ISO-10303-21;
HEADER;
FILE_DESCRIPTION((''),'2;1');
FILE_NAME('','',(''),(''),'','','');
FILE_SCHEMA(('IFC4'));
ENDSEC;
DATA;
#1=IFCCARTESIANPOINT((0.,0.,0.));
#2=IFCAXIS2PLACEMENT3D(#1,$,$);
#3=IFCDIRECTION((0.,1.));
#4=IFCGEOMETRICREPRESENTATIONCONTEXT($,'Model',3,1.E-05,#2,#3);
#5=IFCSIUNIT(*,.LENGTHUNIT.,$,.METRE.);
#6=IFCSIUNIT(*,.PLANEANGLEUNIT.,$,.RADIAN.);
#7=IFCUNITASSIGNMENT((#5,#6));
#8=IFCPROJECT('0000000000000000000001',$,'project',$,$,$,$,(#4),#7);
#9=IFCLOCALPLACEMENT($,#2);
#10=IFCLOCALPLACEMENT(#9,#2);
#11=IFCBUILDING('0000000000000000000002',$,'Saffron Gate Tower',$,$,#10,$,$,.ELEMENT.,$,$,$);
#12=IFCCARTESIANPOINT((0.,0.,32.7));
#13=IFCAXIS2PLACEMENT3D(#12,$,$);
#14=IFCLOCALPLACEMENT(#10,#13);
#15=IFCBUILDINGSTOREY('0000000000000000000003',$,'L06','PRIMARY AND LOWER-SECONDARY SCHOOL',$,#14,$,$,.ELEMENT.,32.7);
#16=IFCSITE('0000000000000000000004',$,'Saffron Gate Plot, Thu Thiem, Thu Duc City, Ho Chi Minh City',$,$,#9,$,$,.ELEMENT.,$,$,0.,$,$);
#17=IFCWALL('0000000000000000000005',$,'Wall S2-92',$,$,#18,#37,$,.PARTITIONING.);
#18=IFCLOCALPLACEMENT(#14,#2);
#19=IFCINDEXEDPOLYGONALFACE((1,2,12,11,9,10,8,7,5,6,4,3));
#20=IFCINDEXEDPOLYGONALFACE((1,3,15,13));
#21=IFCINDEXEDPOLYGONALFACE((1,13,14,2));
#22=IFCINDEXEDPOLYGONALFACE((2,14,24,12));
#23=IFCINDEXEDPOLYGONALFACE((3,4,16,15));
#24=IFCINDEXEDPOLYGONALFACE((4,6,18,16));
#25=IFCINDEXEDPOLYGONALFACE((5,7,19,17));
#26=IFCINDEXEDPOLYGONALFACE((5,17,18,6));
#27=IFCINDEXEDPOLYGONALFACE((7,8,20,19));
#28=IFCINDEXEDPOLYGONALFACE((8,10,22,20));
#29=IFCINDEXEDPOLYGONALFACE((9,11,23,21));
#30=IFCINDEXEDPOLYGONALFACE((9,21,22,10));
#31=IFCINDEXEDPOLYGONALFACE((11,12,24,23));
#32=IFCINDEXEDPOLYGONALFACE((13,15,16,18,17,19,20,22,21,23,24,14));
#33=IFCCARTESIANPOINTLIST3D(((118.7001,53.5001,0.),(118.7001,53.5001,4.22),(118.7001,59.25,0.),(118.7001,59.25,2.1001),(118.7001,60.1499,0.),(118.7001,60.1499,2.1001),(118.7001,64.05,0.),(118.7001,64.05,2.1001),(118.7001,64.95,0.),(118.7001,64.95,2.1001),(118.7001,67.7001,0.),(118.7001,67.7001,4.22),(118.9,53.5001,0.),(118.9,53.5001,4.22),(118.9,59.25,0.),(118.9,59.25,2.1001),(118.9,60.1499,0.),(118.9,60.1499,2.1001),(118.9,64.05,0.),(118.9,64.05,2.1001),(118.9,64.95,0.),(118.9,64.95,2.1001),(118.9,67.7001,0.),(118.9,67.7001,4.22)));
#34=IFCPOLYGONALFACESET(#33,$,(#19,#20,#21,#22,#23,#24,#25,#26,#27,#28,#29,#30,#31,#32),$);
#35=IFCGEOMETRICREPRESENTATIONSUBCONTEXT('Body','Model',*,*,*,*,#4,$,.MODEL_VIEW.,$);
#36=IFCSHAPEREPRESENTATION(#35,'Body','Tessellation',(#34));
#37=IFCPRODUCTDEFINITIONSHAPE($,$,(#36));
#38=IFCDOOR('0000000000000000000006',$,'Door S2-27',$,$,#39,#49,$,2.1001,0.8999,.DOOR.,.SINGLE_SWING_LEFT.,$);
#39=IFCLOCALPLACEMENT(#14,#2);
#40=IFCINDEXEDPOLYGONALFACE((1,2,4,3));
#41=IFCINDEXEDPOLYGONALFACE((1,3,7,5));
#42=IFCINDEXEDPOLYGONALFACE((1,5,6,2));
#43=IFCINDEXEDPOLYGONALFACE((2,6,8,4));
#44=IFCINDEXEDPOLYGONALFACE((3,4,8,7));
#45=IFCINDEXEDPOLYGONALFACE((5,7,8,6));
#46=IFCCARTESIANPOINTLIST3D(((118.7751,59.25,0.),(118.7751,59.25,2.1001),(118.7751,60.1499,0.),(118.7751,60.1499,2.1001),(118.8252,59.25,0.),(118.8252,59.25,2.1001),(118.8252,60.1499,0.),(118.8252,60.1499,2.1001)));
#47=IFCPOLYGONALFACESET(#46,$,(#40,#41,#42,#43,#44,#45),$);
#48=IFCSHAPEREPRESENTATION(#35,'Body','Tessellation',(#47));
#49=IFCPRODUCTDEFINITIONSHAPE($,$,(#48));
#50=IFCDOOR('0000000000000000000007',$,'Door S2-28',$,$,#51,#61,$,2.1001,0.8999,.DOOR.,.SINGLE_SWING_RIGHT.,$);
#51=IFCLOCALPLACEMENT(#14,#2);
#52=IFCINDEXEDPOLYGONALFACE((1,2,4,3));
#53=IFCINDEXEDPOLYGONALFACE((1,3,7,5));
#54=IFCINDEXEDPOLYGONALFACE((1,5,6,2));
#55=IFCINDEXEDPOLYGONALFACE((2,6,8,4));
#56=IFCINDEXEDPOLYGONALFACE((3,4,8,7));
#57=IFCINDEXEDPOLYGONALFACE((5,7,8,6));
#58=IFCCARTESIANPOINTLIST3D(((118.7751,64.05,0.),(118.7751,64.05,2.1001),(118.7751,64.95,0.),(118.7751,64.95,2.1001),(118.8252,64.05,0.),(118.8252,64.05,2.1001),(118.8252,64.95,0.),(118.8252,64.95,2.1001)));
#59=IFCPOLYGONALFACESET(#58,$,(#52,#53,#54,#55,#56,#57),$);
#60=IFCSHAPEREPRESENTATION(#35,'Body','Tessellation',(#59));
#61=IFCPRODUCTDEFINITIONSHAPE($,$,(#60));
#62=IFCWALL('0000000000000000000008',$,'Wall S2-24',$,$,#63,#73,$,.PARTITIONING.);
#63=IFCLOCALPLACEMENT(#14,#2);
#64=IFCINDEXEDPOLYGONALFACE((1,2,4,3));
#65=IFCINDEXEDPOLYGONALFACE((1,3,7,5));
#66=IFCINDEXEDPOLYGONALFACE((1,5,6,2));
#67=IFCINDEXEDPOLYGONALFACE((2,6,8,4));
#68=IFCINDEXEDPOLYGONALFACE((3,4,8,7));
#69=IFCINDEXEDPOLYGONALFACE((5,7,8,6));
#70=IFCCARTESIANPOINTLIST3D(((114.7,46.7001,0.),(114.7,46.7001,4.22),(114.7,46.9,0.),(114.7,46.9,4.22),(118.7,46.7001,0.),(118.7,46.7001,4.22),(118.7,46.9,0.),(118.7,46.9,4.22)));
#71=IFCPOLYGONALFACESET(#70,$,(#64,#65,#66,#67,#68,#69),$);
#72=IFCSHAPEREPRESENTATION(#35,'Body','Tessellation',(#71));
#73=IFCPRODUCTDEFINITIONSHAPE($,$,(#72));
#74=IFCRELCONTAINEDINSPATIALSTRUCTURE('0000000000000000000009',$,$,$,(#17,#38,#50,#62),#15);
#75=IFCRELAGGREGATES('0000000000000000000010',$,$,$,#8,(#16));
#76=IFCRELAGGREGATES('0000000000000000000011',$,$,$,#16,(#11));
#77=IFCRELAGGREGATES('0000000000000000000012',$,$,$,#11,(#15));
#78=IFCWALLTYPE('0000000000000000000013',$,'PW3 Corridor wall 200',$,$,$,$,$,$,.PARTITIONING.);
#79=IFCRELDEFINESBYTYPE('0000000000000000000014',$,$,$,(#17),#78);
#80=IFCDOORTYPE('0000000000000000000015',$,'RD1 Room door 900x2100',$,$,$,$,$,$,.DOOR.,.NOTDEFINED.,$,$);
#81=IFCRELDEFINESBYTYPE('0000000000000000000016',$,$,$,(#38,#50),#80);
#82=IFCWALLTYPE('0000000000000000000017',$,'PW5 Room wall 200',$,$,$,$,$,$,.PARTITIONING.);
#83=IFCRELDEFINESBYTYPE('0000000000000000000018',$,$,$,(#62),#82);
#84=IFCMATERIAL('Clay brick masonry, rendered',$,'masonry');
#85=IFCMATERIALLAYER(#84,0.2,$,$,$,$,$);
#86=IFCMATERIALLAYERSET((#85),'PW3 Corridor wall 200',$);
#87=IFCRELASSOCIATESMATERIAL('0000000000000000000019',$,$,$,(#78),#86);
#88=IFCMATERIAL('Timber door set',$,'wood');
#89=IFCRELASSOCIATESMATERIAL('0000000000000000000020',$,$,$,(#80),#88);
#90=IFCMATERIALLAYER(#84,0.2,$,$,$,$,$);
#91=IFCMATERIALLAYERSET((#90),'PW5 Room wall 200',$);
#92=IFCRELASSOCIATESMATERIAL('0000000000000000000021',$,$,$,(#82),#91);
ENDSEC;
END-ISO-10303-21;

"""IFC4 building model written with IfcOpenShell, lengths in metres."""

from ifc_helpers import new_model, si_unit, direction, frame, frame_2d, origin, place, context, subcontext, project, spatial, rectangle, extrude, material, layer, layer_set, type_object, element, fill, save


model = new_model("IFC4")

# Units and contexts
model_context = context("Model", 3, precision=1e-05, world=origin(), true_north=direction((0.0, 1.0)))
body_context = subcontext(model_context, "Body", "Model", "MODEL_VIEW")
ifc_project = project(units=[si_unit("LENGTHUNIT", "METRE"), si_unit("PLANEANGLEUNIT", "RADIAN")], contexts=[model_context])

# Site, building, storey
site_placement = place(None, origin())
site = spatial("IfcSite", under=ifc_project, at=site_placement, Name="Saffron Gate Plot, Thu Thiem, Thu Duc City, Ho Chi Minh City", CompositionType="ELEMENT", RefElevation=0.0)
building_placement = place(site_placement, origin())
building = spatial("IfcBuilding", under=site, at=building_placement, Name="Saffron Gate Tower", CompositionType="ELEMENT")
storey_placement = place(building_placement, frame((0.0, 0.0, 32.7)))
storey = spatial("IfcBuildingStorey", under=building, at=storey_placement, Name="L06", Description="PRIMARY AND LOWER-SECONDARY SCHOOL", CompositionType="ELEMENT", Elevation=32.7)

# Shared definitions
ifc_material_1 = material(Name="Clay brick masonry, rendered", Category="masonry")
ifc_layer_1 = layer(ifc_material_1, 0.2)
ifc_layer_set_1 = layer_set([ifc_layer_1], Name="PW3 Corridor wall 200")
wall_type_1 = type_object("IfcWallType", Name="PW3 Corridor wall 200", PredefinedType="PARTITIONING", material=ifc_layer_set_1)

# Shared definitions
ifc_material_2 = material(Name="Timber door set", Category="wood")
door_type = type_object("IfcDoorType", Name="RD1 Room door 900x2100", OperationType="NOTDEFINED", PredefinedType="DOOR", material=ifc_material_2)

# Wall, openings, doors
wall_1_placement = place(storey_placement, frame((118.8, 53.5, 0.0), z_axis=(0.0, 0.0, 1.0), x_axis=(0.0, 1.0, 0.0)))
wall_1 = element("IfcWall", 1, at=wall_1_placement, inside=storey, type_object=wall_type_1, Name="Wall S2-92", PredefinedType="PARTITIONING", context=body_context, shape_type="SweptSolid", body=[
    extrude(rectangle(XDim=14.2, YDim=0.2, at=frame_2d((7.1001, 0.0))), origin(), (0.0, 0.0, 1.0), 4.22),
])
opening_1_placement = place(wall_1_placement, frame((5.75, 0.0, 0.0)))
opening_1 = element("IfcOpeningElement", 2, at=opening_1_placement, cuts=wall_1, PredefinedType="OPENING", context=body_context, shape_type="SweptSolid", body=[
    extrude(rectangle(XDim=0.8999, YDim=2.1001, at=frame_2d((0.45, 1.05))), frame((0.0, 0.1099, 0.0), z_axis=(0.0, -1.0, 0.0), x_axis=(1.0, 0.0, 0.0)), (0.0, 0.0, 1.0), 0.22),
])
opening_2_placement = place(wall_1_placement, frame((10.55, 0.0, 0.0)))
opening_2 = element("IfcOpeningElement", 3, at=opening_2_placement, cuts=wall_1, PredefinedType="OPENING", context=body_context, shape_type="SweptSolid", body=[
    extrude(rectangle(XDim=0.8999, YDim=2.1001, at=frame_2d((0.45, 1.05))), frame((0.0, 0.1099, 0.0), z_axis=(0.0, -1.0, 0.0), x_axis=(1.0, 0.0, 0.0)), (0.0, 0.0, 1.0), 0.22),
])
door_1_placement = place(opening_1_placement, origin())
door_1 = element("IfcDoor", 4, at=door_1_placement, inside=storey, type_object=door_type, Name="Door S2-27", OperationType="SINGLE_SWING_LEFT", OverallHeight=2.1001, OverallWidth=0.8999, PredefinedType="DOOR", context=body_context, shape_type="SweptSolid", body=[
    extrude(rectangle(XDim=0.8999, YDim=2.1001, at=frame_2d((0.45, 1.05))), frame((0.0, 0.0249, 0.0), z_axis=(0.0, -1.0, 0.0), x_axis=(1.0, 0.0, 0.0)), (0.0, 0.0, 1.0), 0.05),
])
fill(opening_1, door_1)
door_2_placement = place(opening_2_placement, origin())
door_2 = element("IfcDoor", 5, at=door_2_placement, inside=storey, type_object=door_type, Name="Door S2-28", OperationType="SINGLE_SWING_RIGHT", OverallHeight=2.1001, OverallWidth=0.8999, PredefinedType="DOOR", context=body_context, shape_type="SweptSolid", body=[
    extrude(rectangle(XDim=0.8999, YDim=2.1001, at=frame_2d((0.45, 1.05))), frame((0.0, 0.0249, 0.0), z_axis=(0.0, -1.0, 0.0), x_axis=(1.0, 0.0, 0.0)), (0.0, 0.0, 1.0), 0.05),
])
fill(opening_2, door_2)

# Wall
ifc_layer_2 = layer(ifc_material_1, 0.2)
ifc_layer_set_2 = layer_set([ifc_layer_2], Name="PW5 Room wall 200")
wall_type_2 = type_object("IfcWallType", Name="PW5 Room wall 200", PredefinedType="PARTITIONING", material=ifc_layer_set_2)
wall_2_placement = place(storey_placement, frame((114.7, 46.8, 0.0), z_axis=(0.0, 0.0, 1.0), x_axis=(1.0, 0.0, 0.0)))
element("IfcWall", 6, at=wall_2_placement, inside=storey, type_object=wall_type_2, Name="Wall S2-24", PredefinedType="PARTITIONING", context=body_context, shape_type="SweptSolid", body=[
    extrude(rectangle(XDim=4.0, YDim=0.2, at=frame_2d((2.0, 0.0))), origin(), (0.0, 0.0, 1.0), 4.22),
])

save(model, "model.ifc")
